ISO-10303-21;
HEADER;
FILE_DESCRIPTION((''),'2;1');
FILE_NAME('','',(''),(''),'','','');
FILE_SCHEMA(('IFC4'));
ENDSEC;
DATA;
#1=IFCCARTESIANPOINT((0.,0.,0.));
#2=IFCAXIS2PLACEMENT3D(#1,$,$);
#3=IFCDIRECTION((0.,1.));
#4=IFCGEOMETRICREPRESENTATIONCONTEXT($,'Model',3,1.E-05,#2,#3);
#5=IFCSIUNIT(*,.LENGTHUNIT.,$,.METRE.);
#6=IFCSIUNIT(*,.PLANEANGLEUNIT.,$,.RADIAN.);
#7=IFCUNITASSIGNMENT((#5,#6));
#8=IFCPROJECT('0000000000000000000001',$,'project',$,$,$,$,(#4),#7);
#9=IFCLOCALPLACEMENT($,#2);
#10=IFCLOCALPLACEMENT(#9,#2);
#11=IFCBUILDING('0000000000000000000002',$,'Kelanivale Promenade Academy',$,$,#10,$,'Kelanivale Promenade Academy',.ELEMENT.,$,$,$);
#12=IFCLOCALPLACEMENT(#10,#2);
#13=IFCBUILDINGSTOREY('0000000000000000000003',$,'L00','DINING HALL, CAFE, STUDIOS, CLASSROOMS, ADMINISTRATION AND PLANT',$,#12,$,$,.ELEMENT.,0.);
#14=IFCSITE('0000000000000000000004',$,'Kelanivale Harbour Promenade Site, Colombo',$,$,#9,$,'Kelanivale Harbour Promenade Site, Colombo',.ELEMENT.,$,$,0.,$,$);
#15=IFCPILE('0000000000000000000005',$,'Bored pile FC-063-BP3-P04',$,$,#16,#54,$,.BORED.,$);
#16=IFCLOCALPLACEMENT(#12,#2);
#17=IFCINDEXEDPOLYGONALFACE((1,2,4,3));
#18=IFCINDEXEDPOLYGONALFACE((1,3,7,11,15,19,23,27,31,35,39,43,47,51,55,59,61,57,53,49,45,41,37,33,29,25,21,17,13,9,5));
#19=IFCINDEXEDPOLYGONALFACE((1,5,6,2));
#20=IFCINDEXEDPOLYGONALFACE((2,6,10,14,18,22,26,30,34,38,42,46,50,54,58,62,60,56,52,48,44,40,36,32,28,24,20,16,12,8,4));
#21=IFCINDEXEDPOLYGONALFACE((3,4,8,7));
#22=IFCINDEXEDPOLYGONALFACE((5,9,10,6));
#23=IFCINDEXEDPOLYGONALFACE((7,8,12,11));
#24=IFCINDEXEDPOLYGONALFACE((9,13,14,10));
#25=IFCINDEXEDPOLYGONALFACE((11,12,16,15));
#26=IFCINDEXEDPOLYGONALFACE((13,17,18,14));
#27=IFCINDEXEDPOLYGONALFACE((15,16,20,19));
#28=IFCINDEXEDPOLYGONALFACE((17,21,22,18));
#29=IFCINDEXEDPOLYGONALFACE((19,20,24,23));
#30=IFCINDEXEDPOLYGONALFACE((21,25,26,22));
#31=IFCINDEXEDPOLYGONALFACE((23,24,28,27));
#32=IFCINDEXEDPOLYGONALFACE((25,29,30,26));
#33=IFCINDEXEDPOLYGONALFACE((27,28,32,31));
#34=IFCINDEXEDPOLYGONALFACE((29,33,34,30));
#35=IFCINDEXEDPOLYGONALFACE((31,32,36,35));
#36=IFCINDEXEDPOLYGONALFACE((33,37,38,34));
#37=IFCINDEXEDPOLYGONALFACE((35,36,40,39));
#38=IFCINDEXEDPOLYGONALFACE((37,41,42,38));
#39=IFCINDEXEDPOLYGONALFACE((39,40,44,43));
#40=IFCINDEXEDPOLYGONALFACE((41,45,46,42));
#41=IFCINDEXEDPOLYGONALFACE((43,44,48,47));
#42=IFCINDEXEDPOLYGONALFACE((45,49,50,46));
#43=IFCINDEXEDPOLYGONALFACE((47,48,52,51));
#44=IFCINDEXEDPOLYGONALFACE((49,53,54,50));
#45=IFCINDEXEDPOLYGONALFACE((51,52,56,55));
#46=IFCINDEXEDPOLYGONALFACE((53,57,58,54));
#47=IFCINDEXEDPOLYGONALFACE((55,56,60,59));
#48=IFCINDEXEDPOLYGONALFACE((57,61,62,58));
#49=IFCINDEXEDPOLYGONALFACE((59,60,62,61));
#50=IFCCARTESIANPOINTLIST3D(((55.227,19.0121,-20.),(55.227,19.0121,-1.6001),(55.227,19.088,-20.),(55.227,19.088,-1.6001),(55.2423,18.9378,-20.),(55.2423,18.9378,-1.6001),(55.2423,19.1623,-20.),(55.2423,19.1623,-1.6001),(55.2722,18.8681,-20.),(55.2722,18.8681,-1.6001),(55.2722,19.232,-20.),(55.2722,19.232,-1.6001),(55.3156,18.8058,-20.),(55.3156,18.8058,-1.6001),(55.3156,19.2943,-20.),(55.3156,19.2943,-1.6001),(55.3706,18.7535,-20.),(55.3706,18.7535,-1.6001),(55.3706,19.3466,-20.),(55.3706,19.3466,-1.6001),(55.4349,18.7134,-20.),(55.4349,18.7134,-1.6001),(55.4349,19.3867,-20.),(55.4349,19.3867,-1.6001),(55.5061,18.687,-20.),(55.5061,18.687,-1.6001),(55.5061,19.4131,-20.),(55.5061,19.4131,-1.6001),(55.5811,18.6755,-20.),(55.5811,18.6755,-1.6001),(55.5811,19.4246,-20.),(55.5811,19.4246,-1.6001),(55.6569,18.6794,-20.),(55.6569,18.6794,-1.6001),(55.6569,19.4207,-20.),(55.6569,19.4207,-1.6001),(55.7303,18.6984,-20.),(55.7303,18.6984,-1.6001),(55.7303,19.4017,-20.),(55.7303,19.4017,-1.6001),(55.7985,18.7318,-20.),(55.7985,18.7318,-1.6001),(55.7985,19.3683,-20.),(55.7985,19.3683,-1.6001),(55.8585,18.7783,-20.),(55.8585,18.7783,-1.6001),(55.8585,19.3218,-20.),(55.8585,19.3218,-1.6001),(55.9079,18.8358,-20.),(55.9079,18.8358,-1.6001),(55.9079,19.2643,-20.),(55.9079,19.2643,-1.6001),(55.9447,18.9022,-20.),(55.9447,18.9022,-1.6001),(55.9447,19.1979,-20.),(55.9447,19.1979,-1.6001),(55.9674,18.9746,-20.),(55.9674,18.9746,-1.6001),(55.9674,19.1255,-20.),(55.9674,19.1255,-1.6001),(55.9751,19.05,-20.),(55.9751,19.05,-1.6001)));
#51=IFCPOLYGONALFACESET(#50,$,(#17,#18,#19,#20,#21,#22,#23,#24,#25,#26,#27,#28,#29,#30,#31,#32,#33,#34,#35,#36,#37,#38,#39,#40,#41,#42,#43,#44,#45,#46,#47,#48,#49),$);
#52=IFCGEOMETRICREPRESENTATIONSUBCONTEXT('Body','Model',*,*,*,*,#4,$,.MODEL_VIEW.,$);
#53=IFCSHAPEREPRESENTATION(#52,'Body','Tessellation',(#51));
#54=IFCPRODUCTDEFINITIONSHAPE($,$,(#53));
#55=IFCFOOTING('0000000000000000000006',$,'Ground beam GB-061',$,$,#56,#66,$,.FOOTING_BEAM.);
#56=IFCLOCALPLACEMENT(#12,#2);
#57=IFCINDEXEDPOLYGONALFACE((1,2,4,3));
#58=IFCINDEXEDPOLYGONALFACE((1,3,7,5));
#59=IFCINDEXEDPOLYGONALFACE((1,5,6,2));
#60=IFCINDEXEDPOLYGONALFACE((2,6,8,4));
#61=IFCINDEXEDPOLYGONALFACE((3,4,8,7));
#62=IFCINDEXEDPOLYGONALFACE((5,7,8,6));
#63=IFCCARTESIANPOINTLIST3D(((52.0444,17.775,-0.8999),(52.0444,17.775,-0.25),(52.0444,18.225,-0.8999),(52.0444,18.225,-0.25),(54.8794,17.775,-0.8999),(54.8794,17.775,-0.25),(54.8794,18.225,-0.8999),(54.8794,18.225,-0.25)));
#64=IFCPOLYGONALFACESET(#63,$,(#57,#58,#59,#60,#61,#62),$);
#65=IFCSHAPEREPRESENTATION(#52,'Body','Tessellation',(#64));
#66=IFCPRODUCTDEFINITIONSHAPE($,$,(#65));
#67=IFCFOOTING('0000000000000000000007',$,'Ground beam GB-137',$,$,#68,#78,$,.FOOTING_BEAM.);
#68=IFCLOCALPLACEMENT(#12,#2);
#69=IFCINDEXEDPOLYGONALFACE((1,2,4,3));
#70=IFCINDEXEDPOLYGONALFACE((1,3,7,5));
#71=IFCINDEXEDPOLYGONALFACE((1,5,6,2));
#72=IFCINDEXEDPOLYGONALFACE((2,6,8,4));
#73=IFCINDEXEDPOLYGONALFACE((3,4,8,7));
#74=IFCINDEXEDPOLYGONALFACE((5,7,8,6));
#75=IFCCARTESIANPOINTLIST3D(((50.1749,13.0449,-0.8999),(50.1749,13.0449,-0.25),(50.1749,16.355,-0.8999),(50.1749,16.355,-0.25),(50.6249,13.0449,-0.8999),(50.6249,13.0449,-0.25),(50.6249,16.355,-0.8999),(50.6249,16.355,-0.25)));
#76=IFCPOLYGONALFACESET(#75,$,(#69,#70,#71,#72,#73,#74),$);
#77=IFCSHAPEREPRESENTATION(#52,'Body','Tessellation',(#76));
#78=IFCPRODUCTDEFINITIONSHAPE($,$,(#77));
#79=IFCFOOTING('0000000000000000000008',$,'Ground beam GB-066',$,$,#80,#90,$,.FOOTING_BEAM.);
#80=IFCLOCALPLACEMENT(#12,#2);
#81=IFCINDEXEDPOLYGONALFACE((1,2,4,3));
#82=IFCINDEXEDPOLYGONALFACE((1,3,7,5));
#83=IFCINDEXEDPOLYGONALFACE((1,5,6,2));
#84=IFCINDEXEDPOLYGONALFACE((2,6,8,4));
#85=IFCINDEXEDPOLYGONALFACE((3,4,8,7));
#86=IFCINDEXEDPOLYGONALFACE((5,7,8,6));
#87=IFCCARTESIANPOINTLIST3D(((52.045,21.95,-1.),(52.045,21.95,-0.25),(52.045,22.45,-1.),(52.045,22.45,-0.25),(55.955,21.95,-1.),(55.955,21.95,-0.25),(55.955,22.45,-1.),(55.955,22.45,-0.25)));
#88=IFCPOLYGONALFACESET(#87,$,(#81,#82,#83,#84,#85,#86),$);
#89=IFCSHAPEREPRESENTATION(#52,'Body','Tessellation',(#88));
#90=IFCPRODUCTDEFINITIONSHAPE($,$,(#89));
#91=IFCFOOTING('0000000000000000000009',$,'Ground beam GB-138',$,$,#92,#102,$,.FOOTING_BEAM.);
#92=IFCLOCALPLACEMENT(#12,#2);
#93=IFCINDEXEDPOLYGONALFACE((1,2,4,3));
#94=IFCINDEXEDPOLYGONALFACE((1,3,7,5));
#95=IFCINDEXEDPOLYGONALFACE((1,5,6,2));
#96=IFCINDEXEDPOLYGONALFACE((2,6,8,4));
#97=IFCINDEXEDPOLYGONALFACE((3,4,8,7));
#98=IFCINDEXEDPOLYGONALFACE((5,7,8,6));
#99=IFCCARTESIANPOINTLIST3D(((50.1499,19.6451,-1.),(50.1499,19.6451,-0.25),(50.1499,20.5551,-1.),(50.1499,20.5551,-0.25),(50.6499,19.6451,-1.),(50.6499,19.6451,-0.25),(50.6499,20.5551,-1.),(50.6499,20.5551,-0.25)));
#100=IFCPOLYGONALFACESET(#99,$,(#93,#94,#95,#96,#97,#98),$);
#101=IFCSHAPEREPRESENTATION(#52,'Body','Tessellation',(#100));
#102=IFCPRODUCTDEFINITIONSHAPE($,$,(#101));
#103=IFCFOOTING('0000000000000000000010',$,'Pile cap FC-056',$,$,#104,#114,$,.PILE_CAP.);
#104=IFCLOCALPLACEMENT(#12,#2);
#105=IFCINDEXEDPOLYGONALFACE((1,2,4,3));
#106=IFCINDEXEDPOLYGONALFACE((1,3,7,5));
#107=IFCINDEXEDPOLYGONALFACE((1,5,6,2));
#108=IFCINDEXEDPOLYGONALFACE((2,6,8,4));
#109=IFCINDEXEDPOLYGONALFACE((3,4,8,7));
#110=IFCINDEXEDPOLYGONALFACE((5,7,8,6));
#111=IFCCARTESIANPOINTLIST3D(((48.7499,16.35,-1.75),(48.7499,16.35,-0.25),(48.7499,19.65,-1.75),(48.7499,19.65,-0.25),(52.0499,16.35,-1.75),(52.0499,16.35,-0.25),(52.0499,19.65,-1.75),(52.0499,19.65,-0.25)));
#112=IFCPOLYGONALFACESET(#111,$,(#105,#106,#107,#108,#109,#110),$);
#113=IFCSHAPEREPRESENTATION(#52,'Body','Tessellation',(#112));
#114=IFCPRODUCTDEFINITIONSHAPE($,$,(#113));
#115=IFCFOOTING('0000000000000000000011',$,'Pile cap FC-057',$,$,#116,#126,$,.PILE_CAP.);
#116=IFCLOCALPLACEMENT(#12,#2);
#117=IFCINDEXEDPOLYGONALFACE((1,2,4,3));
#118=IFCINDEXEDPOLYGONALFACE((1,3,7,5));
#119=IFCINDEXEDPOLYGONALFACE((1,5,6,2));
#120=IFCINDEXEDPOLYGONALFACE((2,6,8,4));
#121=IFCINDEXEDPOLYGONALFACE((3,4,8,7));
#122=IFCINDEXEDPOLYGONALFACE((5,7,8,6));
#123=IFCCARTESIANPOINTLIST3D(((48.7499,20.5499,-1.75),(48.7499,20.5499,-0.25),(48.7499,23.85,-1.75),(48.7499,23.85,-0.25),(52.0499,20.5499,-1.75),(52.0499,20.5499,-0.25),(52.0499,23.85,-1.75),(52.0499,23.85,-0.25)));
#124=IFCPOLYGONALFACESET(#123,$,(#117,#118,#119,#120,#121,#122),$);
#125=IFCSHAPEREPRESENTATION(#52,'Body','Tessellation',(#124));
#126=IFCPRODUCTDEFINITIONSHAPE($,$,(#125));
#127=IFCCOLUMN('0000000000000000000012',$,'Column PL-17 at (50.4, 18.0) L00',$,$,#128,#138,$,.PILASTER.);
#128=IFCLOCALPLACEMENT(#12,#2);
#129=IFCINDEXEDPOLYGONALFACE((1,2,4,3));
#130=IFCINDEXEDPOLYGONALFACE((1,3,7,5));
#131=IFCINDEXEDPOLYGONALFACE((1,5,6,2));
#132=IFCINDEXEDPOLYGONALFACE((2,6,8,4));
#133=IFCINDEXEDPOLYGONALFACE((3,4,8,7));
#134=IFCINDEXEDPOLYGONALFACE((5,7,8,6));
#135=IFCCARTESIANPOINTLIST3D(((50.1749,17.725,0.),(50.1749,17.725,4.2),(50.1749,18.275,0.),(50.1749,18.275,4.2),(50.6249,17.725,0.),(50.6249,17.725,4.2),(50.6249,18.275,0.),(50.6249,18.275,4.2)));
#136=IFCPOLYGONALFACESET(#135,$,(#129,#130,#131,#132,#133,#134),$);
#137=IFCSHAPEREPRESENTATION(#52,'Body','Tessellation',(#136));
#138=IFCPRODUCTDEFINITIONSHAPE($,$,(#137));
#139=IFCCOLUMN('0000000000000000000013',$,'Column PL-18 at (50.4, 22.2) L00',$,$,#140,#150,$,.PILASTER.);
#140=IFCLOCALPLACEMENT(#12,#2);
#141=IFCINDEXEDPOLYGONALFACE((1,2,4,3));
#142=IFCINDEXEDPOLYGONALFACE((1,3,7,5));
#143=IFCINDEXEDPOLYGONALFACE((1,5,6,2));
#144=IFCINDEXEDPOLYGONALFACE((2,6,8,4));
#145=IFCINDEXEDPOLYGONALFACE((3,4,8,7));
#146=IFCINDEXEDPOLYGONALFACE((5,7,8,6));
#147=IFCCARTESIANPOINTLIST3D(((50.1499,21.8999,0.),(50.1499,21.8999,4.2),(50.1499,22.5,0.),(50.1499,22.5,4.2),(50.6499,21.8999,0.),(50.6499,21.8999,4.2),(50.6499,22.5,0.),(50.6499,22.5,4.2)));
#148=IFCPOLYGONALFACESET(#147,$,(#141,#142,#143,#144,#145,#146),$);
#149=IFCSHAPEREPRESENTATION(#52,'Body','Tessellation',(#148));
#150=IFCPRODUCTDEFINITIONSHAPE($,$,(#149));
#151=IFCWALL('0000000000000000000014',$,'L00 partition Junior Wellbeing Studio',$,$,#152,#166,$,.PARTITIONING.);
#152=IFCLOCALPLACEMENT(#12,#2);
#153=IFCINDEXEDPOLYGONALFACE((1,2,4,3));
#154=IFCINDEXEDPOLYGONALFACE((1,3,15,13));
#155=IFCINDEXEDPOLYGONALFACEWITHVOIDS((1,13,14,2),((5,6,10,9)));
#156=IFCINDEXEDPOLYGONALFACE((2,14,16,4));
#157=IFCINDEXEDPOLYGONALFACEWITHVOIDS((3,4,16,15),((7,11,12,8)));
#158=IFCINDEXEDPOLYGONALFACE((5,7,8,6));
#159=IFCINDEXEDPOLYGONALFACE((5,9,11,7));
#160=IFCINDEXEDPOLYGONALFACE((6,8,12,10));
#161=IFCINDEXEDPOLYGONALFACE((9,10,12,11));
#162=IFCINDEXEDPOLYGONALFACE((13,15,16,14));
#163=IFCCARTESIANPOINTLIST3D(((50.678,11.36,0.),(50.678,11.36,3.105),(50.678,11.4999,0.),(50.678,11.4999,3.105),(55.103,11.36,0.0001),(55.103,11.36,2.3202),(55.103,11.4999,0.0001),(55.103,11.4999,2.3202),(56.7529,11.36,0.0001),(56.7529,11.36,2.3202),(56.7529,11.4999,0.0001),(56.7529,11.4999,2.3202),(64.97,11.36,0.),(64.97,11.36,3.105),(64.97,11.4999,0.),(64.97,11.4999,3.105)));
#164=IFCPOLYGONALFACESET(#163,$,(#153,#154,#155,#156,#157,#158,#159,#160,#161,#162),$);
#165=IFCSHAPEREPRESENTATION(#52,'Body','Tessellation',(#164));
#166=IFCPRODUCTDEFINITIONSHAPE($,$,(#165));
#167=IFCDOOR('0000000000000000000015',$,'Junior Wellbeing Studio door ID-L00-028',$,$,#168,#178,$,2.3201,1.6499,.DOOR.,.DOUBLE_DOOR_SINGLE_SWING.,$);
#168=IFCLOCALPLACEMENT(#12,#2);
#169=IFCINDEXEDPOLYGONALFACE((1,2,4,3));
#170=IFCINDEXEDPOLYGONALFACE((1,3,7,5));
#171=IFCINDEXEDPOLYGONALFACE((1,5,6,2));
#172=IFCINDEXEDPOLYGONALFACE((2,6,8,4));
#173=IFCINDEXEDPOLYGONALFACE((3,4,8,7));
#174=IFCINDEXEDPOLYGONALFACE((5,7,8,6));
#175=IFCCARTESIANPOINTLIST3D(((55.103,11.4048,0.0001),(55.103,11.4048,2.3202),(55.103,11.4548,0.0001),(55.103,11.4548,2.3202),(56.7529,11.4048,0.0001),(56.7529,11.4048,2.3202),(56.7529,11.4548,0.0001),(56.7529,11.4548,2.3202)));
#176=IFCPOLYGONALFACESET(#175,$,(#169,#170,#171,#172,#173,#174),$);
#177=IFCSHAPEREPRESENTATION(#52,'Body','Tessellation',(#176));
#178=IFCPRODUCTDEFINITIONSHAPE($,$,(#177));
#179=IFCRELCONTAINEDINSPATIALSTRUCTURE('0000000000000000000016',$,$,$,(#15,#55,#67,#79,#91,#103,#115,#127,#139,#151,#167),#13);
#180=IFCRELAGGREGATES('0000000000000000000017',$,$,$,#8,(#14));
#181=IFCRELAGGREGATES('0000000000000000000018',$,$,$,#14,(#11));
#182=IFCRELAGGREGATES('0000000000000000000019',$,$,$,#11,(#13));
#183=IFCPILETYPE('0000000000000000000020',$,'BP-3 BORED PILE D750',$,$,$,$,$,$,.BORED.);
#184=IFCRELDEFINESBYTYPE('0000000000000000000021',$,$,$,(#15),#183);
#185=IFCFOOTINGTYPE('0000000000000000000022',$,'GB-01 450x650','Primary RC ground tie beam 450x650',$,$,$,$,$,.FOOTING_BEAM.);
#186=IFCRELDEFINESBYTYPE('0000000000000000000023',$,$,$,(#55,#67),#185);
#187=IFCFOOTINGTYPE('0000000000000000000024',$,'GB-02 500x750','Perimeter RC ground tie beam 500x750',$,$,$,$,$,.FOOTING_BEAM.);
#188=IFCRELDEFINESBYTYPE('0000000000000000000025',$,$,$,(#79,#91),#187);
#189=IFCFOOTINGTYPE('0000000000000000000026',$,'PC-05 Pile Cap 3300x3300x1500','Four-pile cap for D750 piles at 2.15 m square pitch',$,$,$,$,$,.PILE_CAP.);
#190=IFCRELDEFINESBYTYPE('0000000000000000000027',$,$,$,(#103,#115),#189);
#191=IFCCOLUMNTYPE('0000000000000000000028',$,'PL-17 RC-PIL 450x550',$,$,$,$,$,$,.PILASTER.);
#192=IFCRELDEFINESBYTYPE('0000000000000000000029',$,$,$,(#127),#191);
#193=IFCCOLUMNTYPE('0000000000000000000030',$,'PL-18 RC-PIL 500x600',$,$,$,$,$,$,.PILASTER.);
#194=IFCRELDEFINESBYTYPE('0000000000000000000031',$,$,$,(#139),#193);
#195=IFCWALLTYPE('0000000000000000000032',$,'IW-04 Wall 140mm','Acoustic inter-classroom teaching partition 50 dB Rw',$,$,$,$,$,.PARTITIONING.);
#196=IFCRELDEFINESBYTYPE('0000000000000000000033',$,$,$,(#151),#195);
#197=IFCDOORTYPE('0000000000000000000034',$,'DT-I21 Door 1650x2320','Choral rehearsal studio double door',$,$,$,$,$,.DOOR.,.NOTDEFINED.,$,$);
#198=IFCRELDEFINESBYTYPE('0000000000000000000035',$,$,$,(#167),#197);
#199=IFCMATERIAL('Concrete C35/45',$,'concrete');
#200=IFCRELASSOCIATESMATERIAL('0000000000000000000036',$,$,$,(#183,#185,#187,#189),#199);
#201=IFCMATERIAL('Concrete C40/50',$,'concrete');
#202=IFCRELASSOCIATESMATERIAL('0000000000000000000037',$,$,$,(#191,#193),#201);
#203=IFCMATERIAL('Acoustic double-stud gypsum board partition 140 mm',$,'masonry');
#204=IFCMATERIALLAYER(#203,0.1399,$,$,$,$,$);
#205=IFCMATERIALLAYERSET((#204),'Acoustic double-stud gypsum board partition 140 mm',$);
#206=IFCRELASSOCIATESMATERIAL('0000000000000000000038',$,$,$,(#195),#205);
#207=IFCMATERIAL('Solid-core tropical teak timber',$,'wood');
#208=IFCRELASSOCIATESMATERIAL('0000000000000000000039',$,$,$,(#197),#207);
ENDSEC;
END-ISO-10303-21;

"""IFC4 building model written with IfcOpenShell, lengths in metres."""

from ifc_helpers import new_model, si_unit, direction, frame, frame_2d, origin, origin_2d, place, context, subcontext, project, spatial, rectangle, circle, extrude, material, layer, layer_set, material_profile, profile_set, type_object, element, fill, save


model = new_model("IFC4")

# Units and contexts
model_context = context("Model", 3, precision=1e-05, world=origin(), true_north=direction((0.0, 1.0)))
body_context = subcontext(model_context, "Body", "Model", "MODEL_VIEW")
ifc_project = project(units=[si_unit("LENGTHUNIT", "METRE"), si_unit("PLANEANGLEUNIT", "RADIAN")], contexts=[model_context])

# Site, building, storey
site_placement = place(None, origin())
site = spatial("IfcSite", under=ifc_project, at=site_placement, Name="Kelanivale Harbour Promenade Site, Colombo", LongName="Kelanivale Harbour Promenade Site, Colombo", CompositionType="ELEMENT", RefElevation=0.0)
building_placement = place(site_placement, origin())
building = spatial("IfcBuilding", under=site, at=building_placement, Name="Kelanivale Promenade Academy", LongName="Kelanivale Promenade Academy", CompositionType="ELEMENT")
storey_placement = place(building_placement, origin())
storey = spatial("IfcBuildingStorey", under=building, at=storey_placement, Name="L00", Description="DINING HALL, CAFE, STUDIOS, CLASSROOMS, ADMINISTRATION AND PLANT", CompositionType="ELEMENT", Elevation=0.0)

# Pile
ifc_material_1 = material(Name="Concrete C35/45", Category="concrete")
ifc_material_profile_1 = material_profile(ifc_material_1, circle(Radius=0.375, at=origin_2d()), Name="BORED PILE D750")
ifc_profile_set_1 = profile_set([ifc_material_profile_1], Name="Concrete C35/45")
pile_type = type_object("IfcPileType", Name="BP-3 BORED PILE D750", PredefinedType="BORED", material=ifc_profile_set_1)
for number, where, z_axis, x_axis, name in (
    (1, (55.6001, 19.05, -1.6001), (0.0, 0.0, -1.0), (1.0, 0.0, 0.0), "Bored pile FC-063-BP3-P04"),
):
    element("IfcPile", number, at=place(storey_placement, frame(where, z_axis=z_axis, x_axis=x_axis)), inside=storey, type_object=pile_type, Name=name, PredefinedType="BORED", context=body_context, shape_type="SweptSolid", body=[
        extrude(circle(Radius=0.375, at=origin_2d()), origin(), (0.0, 0.0, 1.0), 18.3999),
    ])

# Footings
footing_type_1 = type_object("IfcFootingType", Name="GB-01 450x650", Description="Primary RC ground tie beam 450x650", PredefinedType="FOOTING_BEAM", material=ifc_material_1)
footing_1_placement = place(storey_placement, frame((53.4619, 18.0, -0.8999), z_axis=(0.0, 0.0, 1.0), x_axis=(1.0, 0.0, 0.0)))
element("IfcFooting", 2, at=footing_1_placement, inside=storey, type_object=footing_type_1, Name="Ground beam GB-061", PredefinedType="FOOTING_BEAM", context=body_context, shape_type="SweptSolid", body=[
    extrude(rectangle(XDim=2.835, YDim=0.45, at=origin_2d()), origin(), (0.0, 0.0, 1.0), 0.6499),
])
footing_2_placement = place(storey_placement, frame((50.3999, 14.7, -0.8999), z_axis=(0.0, 0.0, 1.0), x_axis=(0.0, 1.0, 0.0)))
element("IfcFooting", 3, at=footing_2_placement, inside=storey, type_object=footing_type_1, Name="Ground beam GB-137", PredefinedType="FOOTING_BEAM", context=body_context, shape_type="SweptSolid", body=[
    extrude(rectangle(XDim=3.3101, YDim=0.45, at=origin_2d()), origin(), (0.0, 0.0, 1.0), 0.6499),
])
footing_type_2 = type_object("IfcFootingType", Name="GB-02 500x750", Description="Perimeter RC ground tie beam 500x750", PredefinedType="FOOTING_BEAM", material=ifc_material_1)
footing_3_placement = place(storey_placement, frame((54.0, 22.2, -1.0), z_axis=(0.0, 0.0, 1.0), x_axis=(1.0, 0.0, 0.0)))
element("IfcFooting", 4, at=footing_3_placement, inside=storey, type_object=footing_type_2, Name="Ground beam GB-066", PredefinedType="FOOTING_BEAM", context=body_context, shape_type="SweptSolid", body=[
    extrude(rectangle(XDim=3.9099, YDim=0.5, at=origin_2d()), origin(), (0.0, 0.0, 1.0), 0.75),
])
footing_4_placement = place(storey_placement, frame((50.3999, 20.1001, -1.0), z_axis=(0.0, 0.0, 1.0), x_axis=(0.0, 1.0, 0.0)))
element("IfcFooting", 5, at=footing_4_placement, inside=storey, type_object=footing_type_2, Name="Ground beam GB-138", PredefinedType="FOOTING_BEAM", context=body_context, shape_type="SweptSolid", body=[
    extrude(rectangle(XDim=0.9099, YDim=0.5, at=origin_2d()), origin(), (0.0, 0.0, 1.0), 0.75),
])
footing_type_3 = type_object("IfcFootingType", Name="PC-05 Pile Cap 3300x3300x1500", Description="Four-pile cap for D750 piles at 2.15 m square pitch", PredefinedType="PILE_CAP", material=ifc_material_1)
for number, where, z_axis, x_axis, name in (
    (6, (50.3999, 18.0, -1.75), (0.0, 0.0, 1.0), (1.0, 0.0, 0.0), "Pile cap FC-056"),
    (7, (50.3999, 22.2, -1.75), (0.0, 0.0, 1.0), (1.0, 0.0, 0.0), "Pile cap FC-057"),
):
    element("IfcFooting", number, at=place(storey_placement, frame(where, z_axis=z_axis, x_axis=x_axis)), inside=storey, type_object=footing_type_3, Name=name, PredefinedType="PILE_CAP", context=body_context, shape_type="SweptSolid", body=[
        extrude(rectangle(XDim=3.3, YDim=3.3, at=origin_2d()), origin(), (0.0, 0.0, 1.0), 1.5),
    ])

# Columns
ifc_material_2 = material(Name="Concrete C40/50", Category="concrete")
ifc_material_profile_2 = material_profile(ifc_material_2, rectangle(XDim=0.45, YDim=0.55, at=origin_2d()), Name="RC-PIL 450x550")
ifc_profile_set_2 = profile_set([ifc_material_profile_2], Name="Concrete C40/50")
column_type_1 = type_object("IfcColumnType", Name="PL-17 RC-PIL 450x550", PredefinedType="PILASTER", material=ifc_profile_set_2)
column_1_placement = place(storey_placement, frame((50.3999, 18.0, 0.0), z_axis=(0.0, 0.0, 1.0), x_axis=(1.0, 0.0, 0.0)))
element("IfcColumn", 8, at=column_1_placement, inside=storey, type_object=column_type_1, Name="Column PL-17 at (50.4, 18.0) L00", PredefinedType="PILASTER", context=body_context, shape_type="SweptSolid", body=[
    extrude(rectangle(XDim=0.45, YDim=0.55, at=origin_2d()), origin(), (0.0, 0.0, 1.0), 4.2),
])
ifc_material_profile_3 = material_profile(ifc_material_2, rectangle(XDim=0.5, YDim=0.6001, at=origin_2d()), Name="RC-PIL 500x600")
ifc_profile_set_3 = profile_set([ifc_material_profile_3], Name="Concrete C40/50")
column_type_2 = type_object("IfcColumnType", Name="PL-18 RC-PIL 500x600", PredefinedType="PILASTER", material=ifc_profile_set_3)
column_2_placement = place(storey_placement, frame((50.3999, 22.2, 0.0), z_axis=(0.0, 0.0, 1.0), x_axis=(1.0, 0.0, 0.0)))
element("IfcColumn", 9, at=column_2_placement, inside=storey, type_object=column_type_2, Name="Column PL-18 at (50.4, 22.2) L00", PredefinedType="PILASTER", context=body_context, shape_type="SweptSolid", body=[
    extrude(rectangle(XDim=0.5, YDim=0.6001, at=origin_2d()), origin(), (0.0, 0.0, 1.0), 4.2),
])

# Wall, opening, door
ifc_material_3 = material(Name="Acoustic double-stud gypsum board partition 140 mm", Category="masonry")
ifc_layer_1 = layer(ifc_material_3, 0.1399)
ifc_layer_set_1 = layer_set([ifc_layer_1], Name="Acoustic double-stud gypsum board partition 140 mm")
wall_type = type_object("IfcWallType", Name="IW-04 Wall 140mm", Description="Acoustic inter-classroom teaching partition 50 dB Rw", PredefinedType="PARTITIONING", material=ifc_layer_set_1)
wall_placement = place(storey_placement, frame((50.678, 11.4299, 0.0), z_axis=(0.0, 0.0, 1.0), x_axis=(1.0, 0.0, 0.0)))
wall = element("IfcWall", 10, at=wall_placement, inside=storey, type_object=wall_type, Name="L00 partition Junior Wellbeing Studio", PredefinedType="PARTITIONING", context=body_context, shape_type="SweptSolid", body=[
    extrude(rectangle(XDim=14.292, YDim=0.1399, at=frame_2d((7.146, 0.0))), origin(), (0.0, 0.0, 1.0), 3.105),
])
opening_placement = place(wall_placement, frame((4.425, 0.0, 0.0)))
opening = element("IfcOpeningElement", 11, at=opening_placement, cuts=wall, PredefinedType="OPENING", context=body_context, shape_type="SweptSolid", body=[
    extrude(rectangle(XDim=1.6499, YDim=2.3201, at=frame_2d((0.825, 1.1602))), frame((0.0, 0.0801, 0.0), z_axis=(0.0, -1.0, 0.0), x_axis=(1.0, 0.0, 0.0)), (0.0, 0.0, 1.0), 0.1599),
])
ifc_material_4 = material(Name="Solid-core tropical teak timber", Category="wood")
door_type = type_object("IfcDoorType", Name="DT-I21 Door 1650x2320", Description="Choral rehearsal studio double door", OperationType="NOTDEFINED", PredefinedType="DOOR", material=ifc_material_4)
door_placement = place(opening_placement, origin())
door = element("IfcDoor", 12, at=door_placement, inside=storey, type_object=door_type, Name="Junior Wellbeing Studio door ID-L00-028", OperationType="DOUBLE_DOOR_SINGLE_SWING", OverallHeight=2.3201, OverallWidth=1.6499, PredefinedType="DOOR", context=body_context, shape_type="SweptSolid", body=[
    extrude(rectangle(XDim=1.6499, YDim=2.3201, at=frame_2d((0.825, 1.1602))), frame((0.0, 0.0249, 0.0), z_axis=(0.0, -1.0, 0.0), x_axis=(1.0, 0.0, 0.0)), (0.0, 0.0, 1.0), 0.05),
])
fill(opening, door)

save(model, "model.ifc")
